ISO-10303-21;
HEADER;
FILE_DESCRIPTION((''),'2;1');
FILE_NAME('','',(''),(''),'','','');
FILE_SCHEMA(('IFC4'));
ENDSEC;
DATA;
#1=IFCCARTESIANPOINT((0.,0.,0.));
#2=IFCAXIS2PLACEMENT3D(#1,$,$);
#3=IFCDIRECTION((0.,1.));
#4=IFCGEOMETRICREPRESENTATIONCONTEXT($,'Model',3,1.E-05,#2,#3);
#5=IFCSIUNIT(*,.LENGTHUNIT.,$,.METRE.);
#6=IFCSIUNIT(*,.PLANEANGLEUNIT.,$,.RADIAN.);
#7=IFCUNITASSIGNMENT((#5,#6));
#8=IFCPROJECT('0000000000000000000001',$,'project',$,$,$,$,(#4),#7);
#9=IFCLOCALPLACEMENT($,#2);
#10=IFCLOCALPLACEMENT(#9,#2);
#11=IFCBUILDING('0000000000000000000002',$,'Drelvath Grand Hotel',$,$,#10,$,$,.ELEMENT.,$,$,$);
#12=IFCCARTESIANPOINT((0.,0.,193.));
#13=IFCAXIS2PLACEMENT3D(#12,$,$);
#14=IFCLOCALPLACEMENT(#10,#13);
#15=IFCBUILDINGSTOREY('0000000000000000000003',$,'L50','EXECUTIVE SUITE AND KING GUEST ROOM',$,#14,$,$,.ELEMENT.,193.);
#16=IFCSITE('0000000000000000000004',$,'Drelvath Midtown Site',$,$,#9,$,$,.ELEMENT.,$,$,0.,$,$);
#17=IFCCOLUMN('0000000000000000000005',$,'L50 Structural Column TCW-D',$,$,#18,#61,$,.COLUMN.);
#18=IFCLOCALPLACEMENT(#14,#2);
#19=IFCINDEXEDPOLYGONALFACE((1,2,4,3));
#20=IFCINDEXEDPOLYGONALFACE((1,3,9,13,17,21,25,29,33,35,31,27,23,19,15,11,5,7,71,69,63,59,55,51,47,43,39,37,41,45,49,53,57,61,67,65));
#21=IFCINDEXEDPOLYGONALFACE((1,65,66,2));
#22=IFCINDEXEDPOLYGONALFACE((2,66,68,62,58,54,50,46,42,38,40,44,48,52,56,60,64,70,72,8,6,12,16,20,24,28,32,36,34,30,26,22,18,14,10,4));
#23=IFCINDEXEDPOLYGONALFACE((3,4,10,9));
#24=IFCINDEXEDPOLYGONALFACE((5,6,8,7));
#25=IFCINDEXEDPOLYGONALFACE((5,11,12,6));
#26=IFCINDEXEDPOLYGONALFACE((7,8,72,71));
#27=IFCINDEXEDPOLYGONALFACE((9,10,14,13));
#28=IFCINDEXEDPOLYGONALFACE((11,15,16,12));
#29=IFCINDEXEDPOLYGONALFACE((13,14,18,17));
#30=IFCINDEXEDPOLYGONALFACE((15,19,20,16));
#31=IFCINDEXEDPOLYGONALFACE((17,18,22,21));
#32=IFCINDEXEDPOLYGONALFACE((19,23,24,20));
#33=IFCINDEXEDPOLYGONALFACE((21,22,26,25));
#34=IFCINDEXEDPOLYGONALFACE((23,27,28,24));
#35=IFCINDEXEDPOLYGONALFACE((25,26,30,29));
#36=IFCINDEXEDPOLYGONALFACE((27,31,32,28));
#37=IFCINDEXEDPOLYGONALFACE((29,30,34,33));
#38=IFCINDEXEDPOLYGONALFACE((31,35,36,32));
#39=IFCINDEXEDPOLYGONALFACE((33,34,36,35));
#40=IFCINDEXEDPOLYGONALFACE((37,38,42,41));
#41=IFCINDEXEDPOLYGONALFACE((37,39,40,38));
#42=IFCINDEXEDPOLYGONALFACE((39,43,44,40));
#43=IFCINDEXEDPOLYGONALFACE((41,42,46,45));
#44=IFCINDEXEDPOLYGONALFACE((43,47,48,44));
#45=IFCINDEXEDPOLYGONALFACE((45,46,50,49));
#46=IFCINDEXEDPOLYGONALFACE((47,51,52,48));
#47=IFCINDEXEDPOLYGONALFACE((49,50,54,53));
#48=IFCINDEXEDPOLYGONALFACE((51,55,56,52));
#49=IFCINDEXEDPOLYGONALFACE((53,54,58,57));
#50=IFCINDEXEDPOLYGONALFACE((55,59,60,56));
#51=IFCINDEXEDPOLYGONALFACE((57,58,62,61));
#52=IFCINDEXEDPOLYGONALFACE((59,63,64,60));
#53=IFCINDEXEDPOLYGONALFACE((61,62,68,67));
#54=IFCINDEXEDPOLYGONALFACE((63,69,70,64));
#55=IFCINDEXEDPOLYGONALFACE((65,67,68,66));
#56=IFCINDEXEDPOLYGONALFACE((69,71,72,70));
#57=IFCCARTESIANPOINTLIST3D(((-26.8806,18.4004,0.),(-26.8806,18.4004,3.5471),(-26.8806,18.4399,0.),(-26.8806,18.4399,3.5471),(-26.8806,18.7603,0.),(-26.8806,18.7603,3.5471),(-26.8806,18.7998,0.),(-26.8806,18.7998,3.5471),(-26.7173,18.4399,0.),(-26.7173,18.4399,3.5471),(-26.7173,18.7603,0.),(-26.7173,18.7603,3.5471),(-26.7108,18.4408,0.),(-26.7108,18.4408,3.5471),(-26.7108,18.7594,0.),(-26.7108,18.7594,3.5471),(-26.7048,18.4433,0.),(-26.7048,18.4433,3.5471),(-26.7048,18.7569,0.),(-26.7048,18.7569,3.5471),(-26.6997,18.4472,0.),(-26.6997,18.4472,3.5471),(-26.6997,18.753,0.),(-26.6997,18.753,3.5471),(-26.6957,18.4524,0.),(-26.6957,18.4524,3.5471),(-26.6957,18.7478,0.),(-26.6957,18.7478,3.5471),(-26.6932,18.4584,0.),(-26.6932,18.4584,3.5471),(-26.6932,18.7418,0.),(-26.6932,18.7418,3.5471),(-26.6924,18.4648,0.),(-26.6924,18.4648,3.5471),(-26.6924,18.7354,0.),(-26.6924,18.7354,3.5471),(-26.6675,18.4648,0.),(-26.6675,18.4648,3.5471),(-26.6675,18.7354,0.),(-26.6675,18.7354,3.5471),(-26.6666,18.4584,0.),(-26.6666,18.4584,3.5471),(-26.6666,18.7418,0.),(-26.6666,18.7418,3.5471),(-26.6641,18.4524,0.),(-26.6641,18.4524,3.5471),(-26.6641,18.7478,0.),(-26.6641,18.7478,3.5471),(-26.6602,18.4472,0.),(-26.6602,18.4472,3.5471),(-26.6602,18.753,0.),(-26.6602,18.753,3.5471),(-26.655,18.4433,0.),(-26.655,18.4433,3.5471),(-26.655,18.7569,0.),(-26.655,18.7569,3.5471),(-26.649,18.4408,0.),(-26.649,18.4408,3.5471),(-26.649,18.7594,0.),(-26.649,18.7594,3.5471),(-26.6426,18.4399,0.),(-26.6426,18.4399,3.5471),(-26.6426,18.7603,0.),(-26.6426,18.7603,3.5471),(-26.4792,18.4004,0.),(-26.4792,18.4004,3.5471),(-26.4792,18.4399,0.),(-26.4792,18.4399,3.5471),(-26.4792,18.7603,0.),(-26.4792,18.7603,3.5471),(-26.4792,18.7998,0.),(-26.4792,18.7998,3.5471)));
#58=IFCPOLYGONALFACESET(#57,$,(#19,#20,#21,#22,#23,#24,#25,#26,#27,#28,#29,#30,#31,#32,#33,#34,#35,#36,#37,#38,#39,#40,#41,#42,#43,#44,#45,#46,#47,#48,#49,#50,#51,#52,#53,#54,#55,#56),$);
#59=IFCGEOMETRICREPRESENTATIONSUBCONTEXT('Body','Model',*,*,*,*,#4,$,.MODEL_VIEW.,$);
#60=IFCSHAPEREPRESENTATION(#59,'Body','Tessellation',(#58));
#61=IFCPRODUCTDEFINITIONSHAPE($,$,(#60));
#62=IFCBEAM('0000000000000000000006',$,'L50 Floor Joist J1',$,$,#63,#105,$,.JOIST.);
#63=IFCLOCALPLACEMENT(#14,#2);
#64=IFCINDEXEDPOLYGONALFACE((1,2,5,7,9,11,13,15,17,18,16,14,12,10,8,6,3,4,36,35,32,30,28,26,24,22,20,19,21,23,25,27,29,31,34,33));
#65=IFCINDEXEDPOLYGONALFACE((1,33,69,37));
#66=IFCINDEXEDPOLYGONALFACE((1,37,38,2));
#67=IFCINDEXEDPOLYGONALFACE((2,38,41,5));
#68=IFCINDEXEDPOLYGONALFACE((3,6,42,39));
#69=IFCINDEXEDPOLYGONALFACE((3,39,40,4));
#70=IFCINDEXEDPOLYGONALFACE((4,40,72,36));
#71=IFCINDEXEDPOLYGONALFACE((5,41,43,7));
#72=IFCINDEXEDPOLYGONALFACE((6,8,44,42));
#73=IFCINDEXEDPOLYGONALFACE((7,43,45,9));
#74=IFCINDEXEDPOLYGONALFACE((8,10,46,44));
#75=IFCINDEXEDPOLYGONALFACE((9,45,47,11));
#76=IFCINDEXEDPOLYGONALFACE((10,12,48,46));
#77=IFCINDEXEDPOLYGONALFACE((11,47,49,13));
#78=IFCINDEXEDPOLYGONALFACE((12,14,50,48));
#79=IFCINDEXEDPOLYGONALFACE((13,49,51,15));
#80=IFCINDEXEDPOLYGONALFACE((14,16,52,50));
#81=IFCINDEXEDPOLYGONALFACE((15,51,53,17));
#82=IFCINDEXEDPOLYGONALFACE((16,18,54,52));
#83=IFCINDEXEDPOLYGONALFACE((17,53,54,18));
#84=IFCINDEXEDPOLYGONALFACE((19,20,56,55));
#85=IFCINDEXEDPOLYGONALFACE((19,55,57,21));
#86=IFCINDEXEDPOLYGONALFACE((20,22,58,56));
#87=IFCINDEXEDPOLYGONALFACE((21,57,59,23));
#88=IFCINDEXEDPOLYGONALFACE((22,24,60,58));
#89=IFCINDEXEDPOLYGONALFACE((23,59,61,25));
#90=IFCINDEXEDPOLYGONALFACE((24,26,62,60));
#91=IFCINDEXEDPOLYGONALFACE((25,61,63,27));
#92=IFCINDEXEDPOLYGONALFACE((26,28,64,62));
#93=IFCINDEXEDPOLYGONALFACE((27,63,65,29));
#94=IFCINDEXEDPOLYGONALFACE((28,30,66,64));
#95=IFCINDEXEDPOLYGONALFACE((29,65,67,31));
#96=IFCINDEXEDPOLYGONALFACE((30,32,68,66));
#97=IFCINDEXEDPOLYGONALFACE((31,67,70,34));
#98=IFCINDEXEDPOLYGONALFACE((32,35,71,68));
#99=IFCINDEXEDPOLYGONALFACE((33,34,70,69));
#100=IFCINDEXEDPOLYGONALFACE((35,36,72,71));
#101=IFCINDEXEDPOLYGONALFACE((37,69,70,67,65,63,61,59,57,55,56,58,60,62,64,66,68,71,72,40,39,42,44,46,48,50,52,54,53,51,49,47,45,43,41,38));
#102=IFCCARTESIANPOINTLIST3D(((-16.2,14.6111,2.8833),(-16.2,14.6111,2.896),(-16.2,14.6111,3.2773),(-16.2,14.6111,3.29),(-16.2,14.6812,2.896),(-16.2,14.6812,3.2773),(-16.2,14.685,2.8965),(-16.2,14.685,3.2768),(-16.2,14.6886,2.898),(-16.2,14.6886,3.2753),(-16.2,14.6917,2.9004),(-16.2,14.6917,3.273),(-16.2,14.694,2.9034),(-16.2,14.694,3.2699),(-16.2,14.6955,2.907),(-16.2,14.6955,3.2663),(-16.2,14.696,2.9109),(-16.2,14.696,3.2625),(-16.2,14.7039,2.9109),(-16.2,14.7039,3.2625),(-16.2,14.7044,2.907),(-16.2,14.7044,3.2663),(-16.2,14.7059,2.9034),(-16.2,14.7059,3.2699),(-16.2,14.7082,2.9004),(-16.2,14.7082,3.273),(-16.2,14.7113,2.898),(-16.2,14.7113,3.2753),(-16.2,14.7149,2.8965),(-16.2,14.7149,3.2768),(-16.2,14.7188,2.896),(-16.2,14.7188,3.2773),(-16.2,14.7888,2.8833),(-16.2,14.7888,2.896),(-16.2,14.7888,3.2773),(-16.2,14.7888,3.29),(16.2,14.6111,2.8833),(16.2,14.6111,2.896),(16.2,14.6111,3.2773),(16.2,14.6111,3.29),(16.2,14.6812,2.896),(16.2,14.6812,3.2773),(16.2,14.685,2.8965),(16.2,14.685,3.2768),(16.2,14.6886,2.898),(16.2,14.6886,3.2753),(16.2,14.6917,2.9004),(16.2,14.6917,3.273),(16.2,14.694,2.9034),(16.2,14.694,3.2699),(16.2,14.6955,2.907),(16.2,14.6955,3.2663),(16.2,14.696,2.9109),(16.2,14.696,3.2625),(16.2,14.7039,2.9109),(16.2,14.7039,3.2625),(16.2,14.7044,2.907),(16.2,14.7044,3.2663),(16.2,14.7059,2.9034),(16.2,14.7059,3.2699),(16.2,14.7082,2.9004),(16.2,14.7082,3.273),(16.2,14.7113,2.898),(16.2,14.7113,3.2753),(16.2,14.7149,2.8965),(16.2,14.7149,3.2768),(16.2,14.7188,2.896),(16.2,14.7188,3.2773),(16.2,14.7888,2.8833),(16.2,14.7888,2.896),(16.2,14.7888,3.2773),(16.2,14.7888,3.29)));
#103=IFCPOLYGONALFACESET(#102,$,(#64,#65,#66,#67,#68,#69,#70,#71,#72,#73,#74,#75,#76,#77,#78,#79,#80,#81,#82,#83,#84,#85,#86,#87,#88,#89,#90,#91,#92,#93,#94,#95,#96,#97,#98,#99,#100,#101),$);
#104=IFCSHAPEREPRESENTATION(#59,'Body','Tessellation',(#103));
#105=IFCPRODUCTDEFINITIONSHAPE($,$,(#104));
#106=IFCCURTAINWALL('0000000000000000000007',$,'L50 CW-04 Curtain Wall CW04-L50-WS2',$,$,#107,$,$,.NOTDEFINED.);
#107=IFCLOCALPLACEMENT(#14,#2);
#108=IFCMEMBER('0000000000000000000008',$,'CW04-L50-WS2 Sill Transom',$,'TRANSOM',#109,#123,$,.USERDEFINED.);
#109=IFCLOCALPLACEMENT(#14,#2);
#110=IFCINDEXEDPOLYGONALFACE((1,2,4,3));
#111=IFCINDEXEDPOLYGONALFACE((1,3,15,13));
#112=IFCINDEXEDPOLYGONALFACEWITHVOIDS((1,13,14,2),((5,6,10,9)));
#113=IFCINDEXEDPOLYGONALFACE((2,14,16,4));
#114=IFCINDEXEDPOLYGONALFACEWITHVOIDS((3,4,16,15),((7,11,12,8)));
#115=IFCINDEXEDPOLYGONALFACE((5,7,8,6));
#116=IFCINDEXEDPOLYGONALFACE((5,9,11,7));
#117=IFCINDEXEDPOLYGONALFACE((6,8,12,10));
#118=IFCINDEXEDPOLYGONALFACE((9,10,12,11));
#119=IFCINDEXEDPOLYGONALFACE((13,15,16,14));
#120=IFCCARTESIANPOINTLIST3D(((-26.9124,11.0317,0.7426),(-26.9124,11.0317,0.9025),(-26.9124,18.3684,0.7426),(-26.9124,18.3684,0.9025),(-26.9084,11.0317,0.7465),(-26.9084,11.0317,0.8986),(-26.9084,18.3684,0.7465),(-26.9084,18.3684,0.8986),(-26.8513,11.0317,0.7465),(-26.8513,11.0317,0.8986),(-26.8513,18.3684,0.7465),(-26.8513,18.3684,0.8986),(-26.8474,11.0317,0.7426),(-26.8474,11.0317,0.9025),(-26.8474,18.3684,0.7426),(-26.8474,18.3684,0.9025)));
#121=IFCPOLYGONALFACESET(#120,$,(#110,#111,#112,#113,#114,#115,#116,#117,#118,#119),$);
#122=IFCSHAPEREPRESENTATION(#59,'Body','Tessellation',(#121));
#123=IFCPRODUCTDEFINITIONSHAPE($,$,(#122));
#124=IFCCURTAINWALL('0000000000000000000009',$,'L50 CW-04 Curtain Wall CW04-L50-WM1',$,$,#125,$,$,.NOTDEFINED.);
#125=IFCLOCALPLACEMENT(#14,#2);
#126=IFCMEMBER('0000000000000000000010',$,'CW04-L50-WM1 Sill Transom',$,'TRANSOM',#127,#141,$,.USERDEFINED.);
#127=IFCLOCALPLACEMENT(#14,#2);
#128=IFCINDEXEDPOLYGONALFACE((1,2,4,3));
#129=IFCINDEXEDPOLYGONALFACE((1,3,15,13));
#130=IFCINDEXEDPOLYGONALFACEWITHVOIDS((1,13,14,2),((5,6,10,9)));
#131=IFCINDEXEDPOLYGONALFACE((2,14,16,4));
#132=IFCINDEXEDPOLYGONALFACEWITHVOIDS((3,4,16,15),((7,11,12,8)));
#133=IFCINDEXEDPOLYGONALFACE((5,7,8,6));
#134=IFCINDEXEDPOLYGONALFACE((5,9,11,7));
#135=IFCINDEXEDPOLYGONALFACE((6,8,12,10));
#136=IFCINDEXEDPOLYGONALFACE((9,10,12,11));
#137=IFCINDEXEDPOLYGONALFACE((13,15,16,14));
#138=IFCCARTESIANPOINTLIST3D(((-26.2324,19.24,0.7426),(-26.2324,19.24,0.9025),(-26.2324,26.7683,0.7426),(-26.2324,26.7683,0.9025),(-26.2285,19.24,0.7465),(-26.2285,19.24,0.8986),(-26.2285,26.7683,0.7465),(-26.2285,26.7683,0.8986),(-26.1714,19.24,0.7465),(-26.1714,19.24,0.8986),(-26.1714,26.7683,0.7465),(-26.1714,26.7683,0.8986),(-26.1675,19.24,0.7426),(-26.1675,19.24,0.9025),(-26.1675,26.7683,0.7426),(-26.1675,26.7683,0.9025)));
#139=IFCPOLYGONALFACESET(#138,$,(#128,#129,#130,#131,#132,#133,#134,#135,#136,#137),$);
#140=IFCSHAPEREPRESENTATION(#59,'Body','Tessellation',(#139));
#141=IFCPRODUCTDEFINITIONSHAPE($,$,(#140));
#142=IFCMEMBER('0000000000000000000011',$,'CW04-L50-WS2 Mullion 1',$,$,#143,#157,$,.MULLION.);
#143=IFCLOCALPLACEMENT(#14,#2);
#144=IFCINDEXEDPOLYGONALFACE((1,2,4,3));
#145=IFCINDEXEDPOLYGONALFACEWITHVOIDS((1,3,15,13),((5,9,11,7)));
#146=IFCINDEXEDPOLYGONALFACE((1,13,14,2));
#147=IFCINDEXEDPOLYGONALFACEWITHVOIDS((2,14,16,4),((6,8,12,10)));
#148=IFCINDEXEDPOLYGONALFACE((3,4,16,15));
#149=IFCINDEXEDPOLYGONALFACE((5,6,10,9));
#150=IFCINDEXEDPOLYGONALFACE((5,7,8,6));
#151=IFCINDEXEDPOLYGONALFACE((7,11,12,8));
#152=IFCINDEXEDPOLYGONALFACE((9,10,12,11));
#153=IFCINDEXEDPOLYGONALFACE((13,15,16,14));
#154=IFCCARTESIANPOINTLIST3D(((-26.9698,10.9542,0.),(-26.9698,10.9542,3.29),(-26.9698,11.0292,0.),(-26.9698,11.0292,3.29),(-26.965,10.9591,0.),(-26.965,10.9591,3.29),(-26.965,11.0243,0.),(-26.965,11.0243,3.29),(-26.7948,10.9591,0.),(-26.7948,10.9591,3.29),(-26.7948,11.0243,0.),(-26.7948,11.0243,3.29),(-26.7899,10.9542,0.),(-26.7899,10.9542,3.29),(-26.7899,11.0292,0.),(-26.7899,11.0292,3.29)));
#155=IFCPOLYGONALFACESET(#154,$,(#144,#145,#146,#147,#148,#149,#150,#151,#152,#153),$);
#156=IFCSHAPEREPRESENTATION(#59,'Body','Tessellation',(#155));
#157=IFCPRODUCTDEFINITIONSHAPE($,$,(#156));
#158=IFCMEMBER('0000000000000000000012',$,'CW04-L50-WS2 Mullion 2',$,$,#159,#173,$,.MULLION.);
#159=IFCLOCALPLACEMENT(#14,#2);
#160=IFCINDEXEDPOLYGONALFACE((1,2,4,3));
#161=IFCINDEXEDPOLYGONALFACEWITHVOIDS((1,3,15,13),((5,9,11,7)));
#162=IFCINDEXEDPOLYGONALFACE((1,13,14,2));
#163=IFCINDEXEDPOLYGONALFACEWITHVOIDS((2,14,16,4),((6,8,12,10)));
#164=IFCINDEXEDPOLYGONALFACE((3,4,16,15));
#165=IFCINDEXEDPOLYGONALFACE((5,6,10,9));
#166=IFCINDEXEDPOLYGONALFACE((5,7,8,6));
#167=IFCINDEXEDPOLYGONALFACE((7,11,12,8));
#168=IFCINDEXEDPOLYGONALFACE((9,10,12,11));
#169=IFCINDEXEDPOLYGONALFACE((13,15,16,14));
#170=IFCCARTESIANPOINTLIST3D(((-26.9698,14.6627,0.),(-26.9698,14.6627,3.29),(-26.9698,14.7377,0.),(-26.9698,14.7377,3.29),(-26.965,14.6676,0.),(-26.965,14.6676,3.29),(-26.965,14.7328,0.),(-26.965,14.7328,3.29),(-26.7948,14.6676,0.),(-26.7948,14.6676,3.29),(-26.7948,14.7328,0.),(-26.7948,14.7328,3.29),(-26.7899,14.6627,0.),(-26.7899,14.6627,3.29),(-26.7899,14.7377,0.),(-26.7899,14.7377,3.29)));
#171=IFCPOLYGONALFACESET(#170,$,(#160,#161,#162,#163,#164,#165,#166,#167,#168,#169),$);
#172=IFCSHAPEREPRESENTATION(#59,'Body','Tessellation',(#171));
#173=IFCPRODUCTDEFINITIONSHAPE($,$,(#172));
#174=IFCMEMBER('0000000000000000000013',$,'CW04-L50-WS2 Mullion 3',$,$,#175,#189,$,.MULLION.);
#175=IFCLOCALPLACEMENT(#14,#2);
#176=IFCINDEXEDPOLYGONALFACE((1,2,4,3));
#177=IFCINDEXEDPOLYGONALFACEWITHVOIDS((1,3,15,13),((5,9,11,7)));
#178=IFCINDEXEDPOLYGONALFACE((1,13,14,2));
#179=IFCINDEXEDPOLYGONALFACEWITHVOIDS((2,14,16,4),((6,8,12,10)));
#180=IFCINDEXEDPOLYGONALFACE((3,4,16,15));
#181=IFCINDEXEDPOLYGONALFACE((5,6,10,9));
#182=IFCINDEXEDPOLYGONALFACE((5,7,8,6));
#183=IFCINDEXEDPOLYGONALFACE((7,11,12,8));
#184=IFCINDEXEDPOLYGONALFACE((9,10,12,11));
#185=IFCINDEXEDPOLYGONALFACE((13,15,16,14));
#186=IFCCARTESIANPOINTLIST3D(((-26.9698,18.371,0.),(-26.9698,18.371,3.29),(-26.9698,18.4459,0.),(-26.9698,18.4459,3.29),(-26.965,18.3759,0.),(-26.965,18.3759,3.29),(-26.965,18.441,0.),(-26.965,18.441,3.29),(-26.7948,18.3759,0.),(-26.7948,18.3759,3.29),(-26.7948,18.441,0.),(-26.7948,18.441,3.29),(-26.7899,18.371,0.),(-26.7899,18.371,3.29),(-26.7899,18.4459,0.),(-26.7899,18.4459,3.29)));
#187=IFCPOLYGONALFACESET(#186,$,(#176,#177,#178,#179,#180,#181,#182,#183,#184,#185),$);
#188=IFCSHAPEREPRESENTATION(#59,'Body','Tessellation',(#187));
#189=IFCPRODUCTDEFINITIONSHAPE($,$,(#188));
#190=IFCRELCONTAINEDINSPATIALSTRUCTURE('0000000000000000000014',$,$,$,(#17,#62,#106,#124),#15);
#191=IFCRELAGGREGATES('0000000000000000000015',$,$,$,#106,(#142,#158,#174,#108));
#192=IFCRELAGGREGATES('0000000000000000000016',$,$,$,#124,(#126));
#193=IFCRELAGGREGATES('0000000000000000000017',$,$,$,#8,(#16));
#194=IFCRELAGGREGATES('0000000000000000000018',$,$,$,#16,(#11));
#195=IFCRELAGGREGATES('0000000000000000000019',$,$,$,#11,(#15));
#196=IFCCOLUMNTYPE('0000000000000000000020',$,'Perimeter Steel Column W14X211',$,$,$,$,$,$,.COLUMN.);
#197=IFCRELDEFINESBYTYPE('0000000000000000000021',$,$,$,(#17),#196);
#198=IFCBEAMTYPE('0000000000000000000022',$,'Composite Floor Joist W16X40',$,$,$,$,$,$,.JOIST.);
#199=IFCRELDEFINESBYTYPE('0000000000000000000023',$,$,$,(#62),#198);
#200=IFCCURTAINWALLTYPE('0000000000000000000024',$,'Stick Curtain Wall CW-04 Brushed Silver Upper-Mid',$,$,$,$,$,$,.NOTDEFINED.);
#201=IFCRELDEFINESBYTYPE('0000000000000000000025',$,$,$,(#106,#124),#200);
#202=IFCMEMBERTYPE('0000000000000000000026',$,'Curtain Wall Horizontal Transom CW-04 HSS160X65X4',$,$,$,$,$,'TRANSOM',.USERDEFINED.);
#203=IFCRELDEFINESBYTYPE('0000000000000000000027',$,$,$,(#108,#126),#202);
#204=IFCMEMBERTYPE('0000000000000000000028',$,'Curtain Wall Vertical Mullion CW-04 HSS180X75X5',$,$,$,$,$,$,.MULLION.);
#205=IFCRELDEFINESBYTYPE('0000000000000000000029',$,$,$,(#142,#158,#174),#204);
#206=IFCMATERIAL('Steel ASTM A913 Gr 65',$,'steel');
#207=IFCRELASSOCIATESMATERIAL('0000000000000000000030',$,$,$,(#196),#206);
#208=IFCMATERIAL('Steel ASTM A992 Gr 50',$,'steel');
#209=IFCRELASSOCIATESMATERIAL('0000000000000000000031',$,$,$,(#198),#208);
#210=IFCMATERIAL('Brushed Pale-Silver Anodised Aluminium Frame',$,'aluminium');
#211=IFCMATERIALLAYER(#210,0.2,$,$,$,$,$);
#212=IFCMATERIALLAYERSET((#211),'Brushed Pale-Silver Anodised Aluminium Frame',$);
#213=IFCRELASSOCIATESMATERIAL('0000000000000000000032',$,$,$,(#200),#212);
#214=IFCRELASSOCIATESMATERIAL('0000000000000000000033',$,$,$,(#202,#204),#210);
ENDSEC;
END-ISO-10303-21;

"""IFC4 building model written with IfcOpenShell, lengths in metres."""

from ifc_helpers import new_model, si_unit, direction, frame, origin, origin_2d, place, context, subcontext, project, spatial, hollow_rectangle, i_section, extrude, material, layer, layer_set, material_profile, profile_set, type_object, element, aggregate, save


model = new_model("IFC4")

# Units and contexts
model_context = context("Model", 3, precision=1e-05, world=origin(), true_north=direction((0.0, 1.0)))
body_context = subcontext(model_context, "Body", "Model", "MODEL_VIEW")
ifc_project = project(units=[si_unit("LENGTHUNIT", "METRE"), si_unit("PLANEANGLEUNIT", "RADIAN")], contexts=[model_context])

# Site, building, storey
site_placement = place(None, origin())
site = spatial("IfcSite", under=ifc_project, at=site_placement, Name="Drelvath Midtown Site", CompositionType="ELEMENT", RefElevation=0.0)
building_placement = place(site_placement, origin())
building = spatial("IfcBuilding", under=site, at=building_placement, Name="Drelvath Grand Hotel", CompositionType="ELEMENT")
storey_placement = place(building_placement, frame((0.0, 0.0, 193.0)))
storey = spatial("IfcBuildingStorey", under=building, at=storey_placement, Name="L50", Description="EXECUTIVE SUITE AND KING GUEST ROOM", CompositionType="ELEMENT", Elevation=193.0)

# Column
ifc_material_1 = material(Name="Steel ASTM A913 Gr 65", Category="steel")
ifc_material_profile_1 = material_profile(ifc_material_1, i_section(OverallWidth=0.4014, OverallDepth=0.3994, WebThickness=0.0249, FlangeThickness=0.0396, FilletRadius=0.0249, at=origin_2d()), Name="W14X211")
ifc_profile_set_1 = profile_set([ifc_material_profile_1], Name="Steel ASTM A913 Gr 65")
column_type = type_object("IfcColumnType", Name="Perimeter Steel Column W14X211", PredefinedType="COLUMN", material=ifc_profile_set_1)
column_placement = place(storey_placement, frame((-26.6799, 18.6001, 0.0), z_axis=(0.0, 0.0, 1.0), x_axis=(1.0, 0.0, 0.0)))
element("IfcColumn", 1, at=column_placement, inside=storey, type_object=column_type, Name="L50 Structural Column TCW-D", PredefinedType="COLUMN", context=body_context, shape_type="SweptSolid", body=[
    extrude(i_section(OverallWidth=0.4014, OverallDepth=0.3994, WebThickness=0.0249, FlangeThickness=0.0396, FilletRadius=0.0249, at=origin_2d()), origin(), (0.0, 0.0, 1.0), 3.5471),
])

# Beam
ifc_material_2 = material(Name="Steel ASTM A992 Gr 50", Category="steel")
ifc_material_profile_2 = material_profile(ifc_material_2, i_section(OverallWidth=0.1777, OverallDepth=0.4067, WebThickness=0.0078, FlangeThickness=0.0127, FilletRadius=0.0149, at=origin_2d()), Name="W16X40")
ifc_profile_set_2 = profile_set([ifc_material_profile_2], Name="Steel ASTM A992 Gr 50")
beam_type_1 = type_object("IfcBeamType", Name="Composite Floor Joist W16X40", PredefinedType="JOIST", material=ifc_profile_set_2)
beam_1_placement = place(storey_placement, frame((-16.2, 14.7, 3.0867), z_axis=(1.0, 0.0, 0.0), x_axis=(0.0, 1.0, 0.0)))
element("IfcBeam", 2, at=beam_1_placement, inside=storey, type_object=beam_type_1, Name="L50 Floor Joist J1", PredefinedType="JOIST", context=body_context, shape_type="SweptSolid", body=[
    extrude(i_section(OverallWidth=0.1777, OverallDepth=0.4067, WebThickness=0.0078, FlangeThickness=0.0127, FilletRadius=0.0149, at=origin_2d()), origin(), (0.0, 0.0, 1.0), 32.3999),
])

# Curtain walls, members
ifc_material_3 = material(Name="Brushed Pale-Silver Anodised Aluminium Frame", Category="aluminium")
ifc_layer_1 = layer(ifc_material_3, 0.2)
ifc_layer_set_1 = layer_set([ifc_layer_1], Name="Brushed Pale-Silver Anodised Aluminium Frame")
curtain_wall_type = type_object("IfcCurtainWallType", Name="Stick Curtain Wall CW-04 Brushed Silver Upper-Mid", PredefinedType="NOTDEFINED", material=ifc_layer_set_1)
curtain_wall_1_placement = place(storey_placement, origin())
curtain_wall_1 = element("IfcCurtainWall", 3, at=curtain_wall_1_placement, inside=storey, type_object=curtain_wall_type, Name="L50 CW-04 Curtain Wall CW04-L50-WS2", PredefinedType="NOTDEFINED")
ifc_material_profile_3 = material_profile(ifc_material_3, hollow_rectangle(XDim=0.0649, YDim=0.1599, WallThickness=0.0039, at=origin_2d()), Name="HSS160X65X4")
ifc_profile_set_3 = profile_set([ifc_material_profile_3], Name="Brushed Pale-Silver Anodised Aluminium Frame")
member_type_1 = type_object("IfcMemberType", Name="Curtain Wall Horizontal Transom CW-04 HSS160X65X4", ElementType="TRANSOM", PredefinedType="USERDEFINED", material=ifc_profile_set_3)
member_1_placement = place(storey_placement, frame((-26.8799, 11.0317, 0.8225), z_axis=(0.0, 1.0, 0.0), x_axis=(-1.0, 0.0, 0.0)))
member_1 = element("IfcMember", 4, at=member_1_placement, type_object=member_type_1, Name="CW04-L50-WS2 Sill Transom", ObjectType="TRANSOM", PredefinedType="USERDEFINED", context=body_context, shape_type="SweptSolid", body=[
    extrude(hollow_rectangle(XDim=0.0649, YDim=0.1599, WallThickness=0.0039, at=origin_2d()), origin(), (0.0, 0.0, 1.0), 7.3367),
])
curtain_wall_2_placement = place(storey_placement, origin())
curtain_wall_2 = element("IfcCurtainWall", 5, at=curtain_wall_2_placement, inside=storey, type_object=curtain_wall_type, Name="L50 CW-04 Curtain Wall CW04-L50-WM1", PredefinedType="NOTDEFINED")
member_2_placement = place(storey_placement, frame((-26.2, 19.24, 0.8225), z_axis=(0.0, 1.0, 0.0), x_axis=(-1.0, 0.0, 0.0)))
member_2 = element("IfcMember", 6, at=member_2_placement, type_object=member_type_1, Name="CW04-L50-WM1 Sill Transom", ObjectType="TRANSOM", PredefinedType="USERDEFINED", context=body_context, shape_type="SweptSolid", body=[
    extrude(hollow_rectangle(XDim=0.0649, YDim=0.1599, WallThickness=0.0039, at=origin_2d()), origin(), (0.0, 0.0, 1.0), 7.5283),
])

# Members
ifc_material_profile_4 = material_profile(ifc_material_3, hollow_rectangle(XDim=0.075, YDim=0.1799, WallThickness=0.0049, at=origin_2d()), Name="HSS180X75X5")
ifc_profile_set_4 = profile_set([ifc_material_profile_4], Name="Brushed Pale-Silver Anodised Aluminium Frame")
member_type_2 = type_object("IfcMemberType", Name="Curtain Wall Vertical Mullion CW-04 HSS180X75X5", PredefinedType="MULLION", material=ifc_profile_set_4)
member_3_placement = place(storey_placement, frame((-26.8799, 10.9917, 0.0), z_axis=(0.0, 0.0, 1.0), x_axis=(0.0, 1.0, 0.0)))
member_3 = element("IfcMember", 7, at=member_3_placement, type_object=member_type_2, Name="CW04-L50-WS2 Mullion 1", PredefinedType="MULLION", context=body_context, shape_type="SweptSolid", body=[
    extrude(hollow_rectangle(XDim=0.075, YDim=0.1799, WallThickness=0.0049, at=origin_2d()), origin(), (0.0, 0.0, 1.0), 3.29),
])
member_4_placement = place(storey_placement, frame((-26.8799, 14.7002, 0.0), z_axis=(0.0, 0.0, 1.0), x_axis=(0.0, 1.0, 0.0)))
member_4 = element("IfcMember", 8, at=member_4_placement, type_object=member_type_2, Name="CW04-L50-WS2 Mullion 2", PredefinedType="MULLION", context=body_context, shape_type="SweptSolid", body=[
    extrude(hollow_rectangle(XDim=0.075, YDim=0.1799, WallThickness=0.0049, at=origin_2d()), origin(), (0.0, 0.0, 1.0), 3.29),
])
member_5_placement = place(storey_placement, frame((-26.8799, 18.4084, 0.0), z_axis=(0.0, 0.0, 1.0), x_axis=(0.0, 1.0, 0.0)))
member_5 = element("IfcMember", 9, at=member_5_placement, type_object=member_type_2, Name="CW04-L50-WS2 Mullion 3", PredefinedType="MULLION", context=body_context, shape_type="SweptSolid", body=[
    extrude(hollow_rectangle(XDim=0.075, YDim=0.1799, WallThickness=0.0049, at=origin_2d()), origin(), (0.0, 0.0, 1.0), 3.29),
])

aggregate(curtain_wall_1, [member_3, member_4, member_5, member_1])
aggregate(curtain_wall_2, [member_2])

save(model, "model.ifc")
